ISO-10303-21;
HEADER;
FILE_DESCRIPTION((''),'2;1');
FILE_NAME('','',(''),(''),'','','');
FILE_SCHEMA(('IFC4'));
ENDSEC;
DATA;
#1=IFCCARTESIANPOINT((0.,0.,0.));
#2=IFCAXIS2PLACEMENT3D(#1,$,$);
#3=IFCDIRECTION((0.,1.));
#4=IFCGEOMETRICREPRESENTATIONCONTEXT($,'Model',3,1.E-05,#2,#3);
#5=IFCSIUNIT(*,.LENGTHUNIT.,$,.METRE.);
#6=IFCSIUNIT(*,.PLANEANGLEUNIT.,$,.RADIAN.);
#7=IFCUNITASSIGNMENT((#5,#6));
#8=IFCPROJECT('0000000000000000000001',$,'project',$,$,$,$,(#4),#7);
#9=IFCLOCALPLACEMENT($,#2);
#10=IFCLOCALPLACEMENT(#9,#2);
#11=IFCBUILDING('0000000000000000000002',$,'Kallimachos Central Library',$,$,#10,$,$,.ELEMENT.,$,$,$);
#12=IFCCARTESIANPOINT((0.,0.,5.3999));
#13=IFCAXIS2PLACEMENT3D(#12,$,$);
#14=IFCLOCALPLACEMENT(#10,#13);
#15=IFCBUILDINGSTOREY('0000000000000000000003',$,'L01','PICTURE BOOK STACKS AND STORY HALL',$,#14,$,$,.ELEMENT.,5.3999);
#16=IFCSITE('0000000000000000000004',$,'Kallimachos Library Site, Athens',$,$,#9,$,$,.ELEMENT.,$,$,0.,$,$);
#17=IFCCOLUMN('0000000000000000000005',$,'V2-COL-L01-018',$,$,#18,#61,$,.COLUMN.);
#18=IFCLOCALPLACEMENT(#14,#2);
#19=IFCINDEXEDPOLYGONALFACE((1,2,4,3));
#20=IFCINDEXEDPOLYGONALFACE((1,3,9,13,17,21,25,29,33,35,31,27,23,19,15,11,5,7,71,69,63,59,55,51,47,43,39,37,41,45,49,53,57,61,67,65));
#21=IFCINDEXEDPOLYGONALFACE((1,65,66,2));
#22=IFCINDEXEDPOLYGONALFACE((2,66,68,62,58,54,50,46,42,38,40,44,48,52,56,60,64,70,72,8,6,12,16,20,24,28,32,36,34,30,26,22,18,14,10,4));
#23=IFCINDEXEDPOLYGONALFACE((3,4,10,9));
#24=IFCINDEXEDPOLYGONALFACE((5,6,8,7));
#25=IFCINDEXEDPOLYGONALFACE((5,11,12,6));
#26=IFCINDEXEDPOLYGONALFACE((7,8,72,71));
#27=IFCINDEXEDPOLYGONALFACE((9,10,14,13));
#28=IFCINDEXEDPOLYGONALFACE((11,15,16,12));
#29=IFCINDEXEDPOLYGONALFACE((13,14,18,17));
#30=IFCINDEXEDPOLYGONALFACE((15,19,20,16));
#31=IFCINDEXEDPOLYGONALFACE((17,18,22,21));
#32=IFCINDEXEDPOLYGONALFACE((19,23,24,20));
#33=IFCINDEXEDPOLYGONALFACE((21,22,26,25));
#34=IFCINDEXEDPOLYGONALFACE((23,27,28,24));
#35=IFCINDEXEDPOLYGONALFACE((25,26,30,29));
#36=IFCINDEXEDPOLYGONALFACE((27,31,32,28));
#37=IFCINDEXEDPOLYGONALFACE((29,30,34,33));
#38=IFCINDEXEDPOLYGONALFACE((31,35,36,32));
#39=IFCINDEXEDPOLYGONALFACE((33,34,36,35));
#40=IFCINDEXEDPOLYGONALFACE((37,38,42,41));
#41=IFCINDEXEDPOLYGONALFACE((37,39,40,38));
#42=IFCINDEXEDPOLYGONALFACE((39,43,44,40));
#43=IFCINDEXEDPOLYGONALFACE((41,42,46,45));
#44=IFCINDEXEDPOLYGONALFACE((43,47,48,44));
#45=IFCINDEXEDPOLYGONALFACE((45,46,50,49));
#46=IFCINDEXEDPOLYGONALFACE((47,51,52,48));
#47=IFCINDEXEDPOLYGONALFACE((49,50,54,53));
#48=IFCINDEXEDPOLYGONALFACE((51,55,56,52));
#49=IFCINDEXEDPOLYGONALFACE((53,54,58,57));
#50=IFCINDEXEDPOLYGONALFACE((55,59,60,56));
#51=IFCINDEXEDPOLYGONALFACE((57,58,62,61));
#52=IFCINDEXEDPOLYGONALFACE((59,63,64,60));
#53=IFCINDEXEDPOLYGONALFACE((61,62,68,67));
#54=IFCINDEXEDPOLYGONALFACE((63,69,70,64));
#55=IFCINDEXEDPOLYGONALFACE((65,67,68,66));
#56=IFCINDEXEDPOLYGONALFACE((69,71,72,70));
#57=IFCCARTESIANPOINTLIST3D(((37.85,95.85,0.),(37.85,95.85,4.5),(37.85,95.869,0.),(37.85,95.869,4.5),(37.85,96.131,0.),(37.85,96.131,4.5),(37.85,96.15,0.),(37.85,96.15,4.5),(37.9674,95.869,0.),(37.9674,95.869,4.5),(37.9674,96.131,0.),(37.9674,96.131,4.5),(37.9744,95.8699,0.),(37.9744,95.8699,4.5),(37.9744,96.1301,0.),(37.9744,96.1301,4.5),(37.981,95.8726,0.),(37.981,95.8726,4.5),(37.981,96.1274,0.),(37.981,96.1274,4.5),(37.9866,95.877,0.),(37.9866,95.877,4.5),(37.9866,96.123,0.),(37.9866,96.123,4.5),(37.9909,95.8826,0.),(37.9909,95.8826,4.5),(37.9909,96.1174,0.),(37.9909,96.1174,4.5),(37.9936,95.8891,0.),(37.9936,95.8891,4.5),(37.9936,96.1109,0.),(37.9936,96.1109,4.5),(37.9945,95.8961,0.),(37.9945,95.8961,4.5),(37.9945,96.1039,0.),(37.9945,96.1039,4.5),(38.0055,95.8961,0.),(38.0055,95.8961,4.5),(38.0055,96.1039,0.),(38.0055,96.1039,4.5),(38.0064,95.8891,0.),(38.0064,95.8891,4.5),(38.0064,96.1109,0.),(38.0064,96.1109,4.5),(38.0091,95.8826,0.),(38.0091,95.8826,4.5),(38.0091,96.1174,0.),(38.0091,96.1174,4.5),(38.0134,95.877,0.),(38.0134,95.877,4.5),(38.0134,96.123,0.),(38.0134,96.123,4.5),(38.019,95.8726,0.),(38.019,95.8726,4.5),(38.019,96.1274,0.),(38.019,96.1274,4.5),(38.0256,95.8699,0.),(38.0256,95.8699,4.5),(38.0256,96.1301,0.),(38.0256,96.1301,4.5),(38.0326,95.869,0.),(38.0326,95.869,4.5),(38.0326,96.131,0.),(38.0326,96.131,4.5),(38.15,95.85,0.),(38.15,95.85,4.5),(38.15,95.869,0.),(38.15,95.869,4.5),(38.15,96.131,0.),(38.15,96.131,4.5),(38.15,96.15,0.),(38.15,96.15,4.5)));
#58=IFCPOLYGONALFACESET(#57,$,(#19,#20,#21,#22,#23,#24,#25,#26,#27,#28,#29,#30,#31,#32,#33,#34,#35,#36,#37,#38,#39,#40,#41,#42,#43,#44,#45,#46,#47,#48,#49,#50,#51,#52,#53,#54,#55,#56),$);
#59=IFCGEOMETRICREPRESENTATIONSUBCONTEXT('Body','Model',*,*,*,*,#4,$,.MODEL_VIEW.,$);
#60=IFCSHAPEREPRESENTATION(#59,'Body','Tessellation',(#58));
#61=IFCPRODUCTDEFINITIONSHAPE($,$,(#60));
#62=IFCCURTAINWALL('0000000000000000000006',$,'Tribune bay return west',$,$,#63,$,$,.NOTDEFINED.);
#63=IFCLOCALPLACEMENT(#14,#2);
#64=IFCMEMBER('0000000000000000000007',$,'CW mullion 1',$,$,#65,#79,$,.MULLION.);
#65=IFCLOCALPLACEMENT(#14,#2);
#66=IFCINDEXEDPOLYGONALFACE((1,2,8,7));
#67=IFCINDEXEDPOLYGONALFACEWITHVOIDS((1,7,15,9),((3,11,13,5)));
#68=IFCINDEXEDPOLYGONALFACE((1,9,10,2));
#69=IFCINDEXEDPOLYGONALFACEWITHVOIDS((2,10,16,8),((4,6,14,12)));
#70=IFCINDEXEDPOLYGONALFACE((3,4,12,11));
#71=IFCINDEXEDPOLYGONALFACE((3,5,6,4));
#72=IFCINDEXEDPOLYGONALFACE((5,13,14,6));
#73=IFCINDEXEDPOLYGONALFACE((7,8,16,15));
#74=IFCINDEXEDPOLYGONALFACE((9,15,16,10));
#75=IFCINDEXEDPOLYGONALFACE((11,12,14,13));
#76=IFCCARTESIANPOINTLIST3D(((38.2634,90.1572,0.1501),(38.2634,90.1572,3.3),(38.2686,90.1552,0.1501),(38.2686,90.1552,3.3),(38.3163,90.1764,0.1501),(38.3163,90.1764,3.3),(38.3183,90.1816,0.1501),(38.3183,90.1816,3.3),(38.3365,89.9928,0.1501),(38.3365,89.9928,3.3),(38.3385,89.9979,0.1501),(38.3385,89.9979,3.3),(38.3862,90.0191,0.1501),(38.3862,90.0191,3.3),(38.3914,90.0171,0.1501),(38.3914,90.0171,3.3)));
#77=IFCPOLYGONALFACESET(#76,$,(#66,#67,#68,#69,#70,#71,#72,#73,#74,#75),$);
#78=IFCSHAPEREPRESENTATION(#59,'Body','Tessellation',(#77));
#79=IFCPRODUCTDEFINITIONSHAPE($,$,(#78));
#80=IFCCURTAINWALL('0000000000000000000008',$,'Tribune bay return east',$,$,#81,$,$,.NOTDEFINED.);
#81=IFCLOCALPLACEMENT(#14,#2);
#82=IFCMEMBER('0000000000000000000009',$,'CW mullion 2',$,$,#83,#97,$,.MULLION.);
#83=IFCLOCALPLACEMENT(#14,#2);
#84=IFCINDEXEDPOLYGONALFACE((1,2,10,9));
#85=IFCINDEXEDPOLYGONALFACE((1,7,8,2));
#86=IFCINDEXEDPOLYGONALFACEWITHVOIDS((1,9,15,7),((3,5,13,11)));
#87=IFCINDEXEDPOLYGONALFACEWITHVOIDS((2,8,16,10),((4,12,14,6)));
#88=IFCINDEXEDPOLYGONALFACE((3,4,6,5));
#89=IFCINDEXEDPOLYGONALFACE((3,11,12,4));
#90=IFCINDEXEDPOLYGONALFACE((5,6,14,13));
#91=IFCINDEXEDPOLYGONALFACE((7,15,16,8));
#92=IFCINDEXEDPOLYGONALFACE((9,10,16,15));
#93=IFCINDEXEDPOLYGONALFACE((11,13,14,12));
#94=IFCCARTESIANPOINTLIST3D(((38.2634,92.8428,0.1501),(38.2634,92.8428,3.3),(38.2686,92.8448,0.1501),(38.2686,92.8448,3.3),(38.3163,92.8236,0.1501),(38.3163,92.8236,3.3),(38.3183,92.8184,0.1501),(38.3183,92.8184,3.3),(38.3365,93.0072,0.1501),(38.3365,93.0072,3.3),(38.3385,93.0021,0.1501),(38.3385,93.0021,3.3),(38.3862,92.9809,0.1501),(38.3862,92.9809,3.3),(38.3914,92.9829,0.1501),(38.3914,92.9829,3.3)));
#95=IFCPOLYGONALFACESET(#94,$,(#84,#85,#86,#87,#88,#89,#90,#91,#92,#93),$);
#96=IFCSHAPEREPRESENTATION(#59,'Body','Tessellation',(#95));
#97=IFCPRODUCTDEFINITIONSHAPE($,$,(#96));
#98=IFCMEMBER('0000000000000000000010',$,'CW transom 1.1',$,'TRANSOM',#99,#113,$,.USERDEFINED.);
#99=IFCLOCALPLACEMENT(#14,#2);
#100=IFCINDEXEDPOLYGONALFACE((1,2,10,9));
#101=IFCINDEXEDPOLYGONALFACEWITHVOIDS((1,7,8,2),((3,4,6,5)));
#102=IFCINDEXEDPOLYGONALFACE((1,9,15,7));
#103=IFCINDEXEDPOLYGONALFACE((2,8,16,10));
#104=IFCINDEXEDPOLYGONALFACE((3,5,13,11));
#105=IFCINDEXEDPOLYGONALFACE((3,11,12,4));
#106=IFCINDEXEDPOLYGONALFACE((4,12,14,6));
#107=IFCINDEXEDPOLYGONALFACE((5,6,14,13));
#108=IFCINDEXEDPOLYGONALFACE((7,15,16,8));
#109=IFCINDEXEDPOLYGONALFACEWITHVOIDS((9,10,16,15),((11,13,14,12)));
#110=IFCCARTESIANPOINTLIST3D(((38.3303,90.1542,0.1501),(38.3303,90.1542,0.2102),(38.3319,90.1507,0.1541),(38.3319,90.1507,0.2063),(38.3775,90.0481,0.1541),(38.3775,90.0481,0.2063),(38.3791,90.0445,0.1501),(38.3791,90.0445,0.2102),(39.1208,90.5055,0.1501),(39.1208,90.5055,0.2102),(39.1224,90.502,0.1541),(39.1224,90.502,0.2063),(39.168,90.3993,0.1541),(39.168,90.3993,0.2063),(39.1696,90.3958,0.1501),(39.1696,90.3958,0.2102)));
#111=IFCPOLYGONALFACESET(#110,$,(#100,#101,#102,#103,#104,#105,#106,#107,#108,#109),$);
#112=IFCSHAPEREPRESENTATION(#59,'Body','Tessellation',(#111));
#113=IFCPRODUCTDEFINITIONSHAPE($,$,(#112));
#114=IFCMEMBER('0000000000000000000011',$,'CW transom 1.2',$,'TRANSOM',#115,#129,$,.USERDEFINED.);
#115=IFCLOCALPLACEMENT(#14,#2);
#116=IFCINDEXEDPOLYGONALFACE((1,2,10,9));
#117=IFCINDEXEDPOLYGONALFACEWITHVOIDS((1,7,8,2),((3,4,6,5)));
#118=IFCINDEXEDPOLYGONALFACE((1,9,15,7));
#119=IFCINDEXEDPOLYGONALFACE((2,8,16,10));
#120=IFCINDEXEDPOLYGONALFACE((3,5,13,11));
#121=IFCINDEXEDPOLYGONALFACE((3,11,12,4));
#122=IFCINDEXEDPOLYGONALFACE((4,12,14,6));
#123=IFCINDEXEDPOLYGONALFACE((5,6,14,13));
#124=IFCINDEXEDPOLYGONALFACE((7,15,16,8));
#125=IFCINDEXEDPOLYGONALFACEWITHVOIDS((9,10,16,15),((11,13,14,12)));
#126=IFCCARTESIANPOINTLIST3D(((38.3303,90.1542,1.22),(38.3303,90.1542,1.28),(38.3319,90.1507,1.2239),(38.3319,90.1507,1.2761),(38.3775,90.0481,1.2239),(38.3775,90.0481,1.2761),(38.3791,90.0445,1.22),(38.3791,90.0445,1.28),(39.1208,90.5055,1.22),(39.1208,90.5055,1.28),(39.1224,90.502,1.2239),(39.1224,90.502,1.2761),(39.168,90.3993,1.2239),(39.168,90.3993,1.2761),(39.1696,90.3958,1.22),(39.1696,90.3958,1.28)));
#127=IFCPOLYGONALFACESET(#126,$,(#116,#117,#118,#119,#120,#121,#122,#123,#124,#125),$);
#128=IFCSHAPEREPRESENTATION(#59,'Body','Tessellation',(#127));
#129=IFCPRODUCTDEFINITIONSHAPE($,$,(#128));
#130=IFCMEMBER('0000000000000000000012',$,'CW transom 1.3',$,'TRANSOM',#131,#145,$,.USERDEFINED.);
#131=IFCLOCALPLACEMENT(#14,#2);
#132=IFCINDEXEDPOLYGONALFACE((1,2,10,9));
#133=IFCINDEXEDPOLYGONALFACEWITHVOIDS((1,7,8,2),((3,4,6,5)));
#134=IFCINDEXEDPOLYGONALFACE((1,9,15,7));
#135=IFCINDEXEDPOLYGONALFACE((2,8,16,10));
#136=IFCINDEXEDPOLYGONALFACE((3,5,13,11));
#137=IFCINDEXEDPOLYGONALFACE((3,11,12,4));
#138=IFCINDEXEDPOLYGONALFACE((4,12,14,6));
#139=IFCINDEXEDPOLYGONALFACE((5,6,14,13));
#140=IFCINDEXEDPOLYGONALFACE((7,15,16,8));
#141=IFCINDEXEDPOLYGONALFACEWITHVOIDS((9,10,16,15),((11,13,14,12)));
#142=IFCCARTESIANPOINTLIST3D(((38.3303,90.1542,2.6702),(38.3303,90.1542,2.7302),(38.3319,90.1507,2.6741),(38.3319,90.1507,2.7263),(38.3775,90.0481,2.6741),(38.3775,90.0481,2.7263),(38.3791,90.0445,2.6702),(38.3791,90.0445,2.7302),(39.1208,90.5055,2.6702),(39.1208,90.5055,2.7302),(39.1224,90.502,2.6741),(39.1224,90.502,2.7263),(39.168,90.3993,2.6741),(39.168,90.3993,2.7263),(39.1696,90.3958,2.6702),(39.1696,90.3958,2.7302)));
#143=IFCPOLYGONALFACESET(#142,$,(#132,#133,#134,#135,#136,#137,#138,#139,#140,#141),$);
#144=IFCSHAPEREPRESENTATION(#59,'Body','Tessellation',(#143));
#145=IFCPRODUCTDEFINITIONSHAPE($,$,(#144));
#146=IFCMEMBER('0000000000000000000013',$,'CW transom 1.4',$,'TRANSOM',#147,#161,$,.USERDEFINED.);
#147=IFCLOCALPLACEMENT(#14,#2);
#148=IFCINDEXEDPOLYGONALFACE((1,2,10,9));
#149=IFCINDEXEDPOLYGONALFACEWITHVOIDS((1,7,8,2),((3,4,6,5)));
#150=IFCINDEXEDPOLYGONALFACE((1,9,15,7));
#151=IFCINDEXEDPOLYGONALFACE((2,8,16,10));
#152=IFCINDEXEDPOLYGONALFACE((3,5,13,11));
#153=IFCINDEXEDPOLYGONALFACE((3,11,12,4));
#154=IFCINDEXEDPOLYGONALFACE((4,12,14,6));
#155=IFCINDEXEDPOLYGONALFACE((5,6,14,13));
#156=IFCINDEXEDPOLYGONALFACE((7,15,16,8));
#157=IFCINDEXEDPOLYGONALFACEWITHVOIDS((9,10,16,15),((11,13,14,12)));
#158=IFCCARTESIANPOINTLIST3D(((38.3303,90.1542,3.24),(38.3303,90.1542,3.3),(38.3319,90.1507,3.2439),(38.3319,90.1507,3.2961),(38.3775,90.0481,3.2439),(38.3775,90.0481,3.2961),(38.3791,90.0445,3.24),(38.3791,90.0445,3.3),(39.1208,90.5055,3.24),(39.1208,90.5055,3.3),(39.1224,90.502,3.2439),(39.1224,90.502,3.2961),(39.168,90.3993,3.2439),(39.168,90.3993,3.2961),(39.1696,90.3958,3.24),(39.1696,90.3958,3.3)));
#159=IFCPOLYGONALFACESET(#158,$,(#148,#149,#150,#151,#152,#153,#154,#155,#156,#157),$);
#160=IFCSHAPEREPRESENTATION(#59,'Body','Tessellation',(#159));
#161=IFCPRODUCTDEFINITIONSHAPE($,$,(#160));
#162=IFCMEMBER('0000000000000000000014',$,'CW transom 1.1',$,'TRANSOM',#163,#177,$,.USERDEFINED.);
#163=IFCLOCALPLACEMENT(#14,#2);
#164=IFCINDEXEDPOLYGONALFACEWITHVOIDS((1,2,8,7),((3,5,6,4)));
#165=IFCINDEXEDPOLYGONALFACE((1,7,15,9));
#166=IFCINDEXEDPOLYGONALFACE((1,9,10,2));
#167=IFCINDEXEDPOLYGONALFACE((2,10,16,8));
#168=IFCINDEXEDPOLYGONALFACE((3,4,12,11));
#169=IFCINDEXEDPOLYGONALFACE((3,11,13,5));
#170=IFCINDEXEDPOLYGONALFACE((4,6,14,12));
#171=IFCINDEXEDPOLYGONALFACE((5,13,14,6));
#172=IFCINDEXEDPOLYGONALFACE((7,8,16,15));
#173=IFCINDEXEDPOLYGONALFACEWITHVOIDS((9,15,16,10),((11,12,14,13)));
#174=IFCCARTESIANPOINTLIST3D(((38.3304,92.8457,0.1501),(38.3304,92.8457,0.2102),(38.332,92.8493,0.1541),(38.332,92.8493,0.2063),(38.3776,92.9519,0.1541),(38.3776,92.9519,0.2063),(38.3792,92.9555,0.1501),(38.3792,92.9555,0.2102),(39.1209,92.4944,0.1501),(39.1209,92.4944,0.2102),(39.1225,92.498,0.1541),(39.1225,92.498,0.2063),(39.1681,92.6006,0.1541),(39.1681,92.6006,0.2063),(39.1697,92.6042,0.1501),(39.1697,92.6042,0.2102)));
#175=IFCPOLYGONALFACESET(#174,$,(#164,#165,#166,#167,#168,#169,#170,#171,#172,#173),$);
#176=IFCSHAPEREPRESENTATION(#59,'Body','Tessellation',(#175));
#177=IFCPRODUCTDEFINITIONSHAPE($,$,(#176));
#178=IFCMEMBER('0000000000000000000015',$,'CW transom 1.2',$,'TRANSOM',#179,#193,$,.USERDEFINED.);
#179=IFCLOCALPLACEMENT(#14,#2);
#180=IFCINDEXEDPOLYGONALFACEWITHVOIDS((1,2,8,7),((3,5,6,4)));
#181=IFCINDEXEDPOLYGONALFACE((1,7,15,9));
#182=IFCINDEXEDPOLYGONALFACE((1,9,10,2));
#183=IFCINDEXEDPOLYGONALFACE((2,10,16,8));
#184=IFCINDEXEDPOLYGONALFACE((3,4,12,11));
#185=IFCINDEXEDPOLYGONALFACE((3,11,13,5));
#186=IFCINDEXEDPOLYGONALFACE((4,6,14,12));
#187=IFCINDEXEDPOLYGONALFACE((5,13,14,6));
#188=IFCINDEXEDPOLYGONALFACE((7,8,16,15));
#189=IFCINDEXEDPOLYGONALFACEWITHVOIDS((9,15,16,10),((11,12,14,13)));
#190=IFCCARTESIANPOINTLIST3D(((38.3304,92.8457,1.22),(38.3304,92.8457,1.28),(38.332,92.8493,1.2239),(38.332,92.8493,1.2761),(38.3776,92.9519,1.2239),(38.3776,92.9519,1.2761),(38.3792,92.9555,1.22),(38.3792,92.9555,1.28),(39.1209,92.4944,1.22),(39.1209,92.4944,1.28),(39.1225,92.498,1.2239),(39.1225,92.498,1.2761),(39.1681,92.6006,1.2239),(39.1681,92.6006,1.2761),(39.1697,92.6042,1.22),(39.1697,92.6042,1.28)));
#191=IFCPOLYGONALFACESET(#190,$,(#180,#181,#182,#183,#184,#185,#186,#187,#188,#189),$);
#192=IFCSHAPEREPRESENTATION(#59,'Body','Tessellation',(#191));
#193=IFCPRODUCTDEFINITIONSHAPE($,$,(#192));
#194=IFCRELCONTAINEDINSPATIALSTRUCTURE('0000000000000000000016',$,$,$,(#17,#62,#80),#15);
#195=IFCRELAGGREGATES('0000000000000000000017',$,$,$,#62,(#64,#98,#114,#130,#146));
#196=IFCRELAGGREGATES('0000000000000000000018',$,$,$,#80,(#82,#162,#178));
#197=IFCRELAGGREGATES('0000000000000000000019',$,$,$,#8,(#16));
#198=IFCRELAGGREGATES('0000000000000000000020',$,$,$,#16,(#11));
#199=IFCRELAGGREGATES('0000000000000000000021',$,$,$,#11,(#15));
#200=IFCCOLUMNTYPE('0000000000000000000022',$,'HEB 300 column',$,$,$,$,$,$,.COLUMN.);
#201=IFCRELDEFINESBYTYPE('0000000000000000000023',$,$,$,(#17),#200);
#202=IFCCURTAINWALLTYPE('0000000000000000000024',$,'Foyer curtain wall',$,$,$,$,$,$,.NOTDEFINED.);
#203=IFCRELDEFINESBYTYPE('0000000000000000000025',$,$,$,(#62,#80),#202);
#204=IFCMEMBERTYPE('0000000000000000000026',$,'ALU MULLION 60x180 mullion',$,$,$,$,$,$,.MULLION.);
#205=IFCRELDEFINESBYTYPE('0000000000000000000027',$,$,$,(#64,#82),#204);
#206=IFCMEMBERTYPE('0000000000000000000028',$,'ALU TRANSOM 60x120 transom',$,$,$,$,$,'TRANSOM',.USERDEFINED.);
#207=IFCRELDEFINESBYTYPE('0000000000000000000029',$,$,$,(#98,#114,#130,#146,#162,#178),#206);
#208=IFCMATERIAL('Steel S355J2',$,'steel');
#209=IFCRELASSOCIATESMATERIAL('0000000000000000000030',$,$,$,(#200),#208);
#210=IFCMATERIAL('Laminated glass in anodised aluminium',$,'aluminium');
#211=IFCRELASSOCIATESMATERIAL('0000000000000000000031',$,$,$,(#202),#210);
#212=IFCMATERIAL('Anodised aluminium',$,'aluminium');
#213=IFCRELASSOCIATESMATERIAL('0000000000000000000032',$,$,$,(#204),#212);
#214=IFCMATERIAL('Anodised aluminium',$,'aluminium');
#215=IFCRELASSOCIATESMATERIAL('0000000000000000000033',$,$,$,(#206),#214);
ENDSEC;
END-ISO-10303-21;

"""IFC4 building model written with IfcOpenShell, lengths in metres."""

from ifc_helpers import new_model, si_unit, direction, frame, origin, origin_2d, place, context, subcontext, project, spatial, hollow_rectangle, i_section, extrude, material, material_profile, profile_set, type_object, element, aggregate, save


model = new_model("IFC4")

# Units and contexts
model_context = context("Model", 3, precision=1e-05, world=origin(), true_north=direction((0.0, 1.0)))
body_context = subcontext(model_context, "Body", "Model", "MODEL_VIEW")
ifc_project = project(units=[si_unit("LENGTHUNIT", "METRE"), si_unit("PLANEANGLEUNIT", "RADIAN")], contexts=[model_context])

# Site, building, storey
site_placement = place(None, origin())
site = spatial("IfcSite", under=ifc_project, at=site_placement, Name="Kallimachos Library Site, Athens", CompositionType="ELEMENT", RefElevation=0.0)
building_placement = place(site_placement, origin())
building = spatial("IfcBuilding", under=site, at=building_placement, Name="Kallimachos Central Library", CompositionType="ELEMENT")
storey_placement = place(building_placement, frame((0.0, 0.0, 5.3999)))
storey = spatial("IfcBuildingStorey", under=building, at=storey_placement, Name="L01", Description="PICTURE BOOK STACKS AND STORY HALL", CompositionType="ELEMENT", Elevation=5.3999)

# Column
ifc_material_1 = material(Name="Steel S355J2", Category="steel")
ifc_material_profile_1 = material_profile(ifc_material_1, i_section(OverallWidth=0.3, OverallDepth=0.3, WebThickness=0.011, FlangeThickness=0.019, FilletRadius=0.0271, at=origin_2d()), Name="HEB 300")
ifc_profile_set_1 = profile_set([ifc_material_profile_1], Name="Steel S355J2")
column_type = type_object("IfcColumnType", Name="HEB 300 column", PredefinedType="COLUMN", material=ifc_profile_set_1)
column_placement = place(storey_placement, frame((38.0, 96.0, 0.0), z_axis=(0.0, 0.0, 1.0), x_axis=(1.0, 0.0, 0.0)))
element("IfcColumn", 1, at=column_placement, inside=storey, type_object=column_type, Name="V2-COL-L01-018", PredefinedType="COLUMN", context=body_context, shape_type="SweptSolid", body=[
    extrude(i_section(OverallWidth=0.3, OverallDepth=0.3, WebThickness=0.011, FlangeThickness=0.019, FilletRadius=0.0271, at=origin_2d()), origin(), (0.0, 0.0, 1.0), 4.5),
])

# Curtain walls, members
ifc_material_2 = material(Name="Laminated glass in anodised aluminium", Category="aluminium")
curtain_wall_type = type_object("IfcCurtainWallType", Name="Foyer curtain wall", PredefinedType="NOTDEFINED", material=ifc_material_2)
curtain_wall_1_placement = place(storey_placement, origin())
curtain_wall_1 = element("IfcCurtainWall", 2, at=curtain_wall_1_placement, inside=storey, type_object=curtain_wall_type, Name="Tribune bay return west", PredefinedType="NOTDEFINED")
ifc_material_3 = material(Name="Anodised aluminium", Category="aluminium")
ifc_material_profile_2 = material_profile(ifc_material_3, hollow_rectangle(XDim=0.0601, YDim=0.1799, WallThickness=0.0039, at=origin_2d()), Name="ALU MULLION 60x180")
ifc_profile_set_2 = profile_set([ifc_material_profile_2], Name="Anodised aluminium")
member_type_1 = type_object("IfcMemberType", Name="ALU MULLION 60x180 mullion", PredefinedType="MULLION", material=ifc_profile_set_2)
member_1_placement = place(storey_placement, frame((38.3274, 90.0872, 0.1501), z_axis=(0.0, 0.0, 1.0), x_axis=(0.913812, 0.406138, 0.0)))
member_1 = element("IfcMember", 3, at=member_1_placement, type_object=member_type_1, Name="CW mullion 1", PredefinedType="MULLION", context=body_context, shape_type="SweptSolid", body=[
    extrude(hollow_rectangle(XDim=0.0601, YDim=0.1799, WallThickness=0.0039, at=origin_2d()), origin(), (0.0, 0.0, 1.0), 3.1499),
])
curtain_wall_2_placement = place(storey_placement, origin())
curtain_wall_2 = element("IfcCurtainWall", 4, at=curtain_wall_2_placement, inside=storey, type_object=curtain_wall_type, Name="Tribune bay return east", PredefinedType="NOTDEFINED")
member_2_placement = place(storey_placement, frame((38.3274, 92.9128, 0.1501), z_axis=(0.0, 0.0, 1.0), x_axis=(-0.913812, 0.406138, 0.0)))
member_2 = element("IfcMember", 5, at=member_2_placement, type_object=member_type_1, Name="CW mullion 2", PredefinedType="MULLION", context=body_context, shape_type="SweptSolid", body=[
    extrude(hollow_rectangle(XDim=0.0601, YDim=0.1799, WallThickness=0.0039, at=origin_2d()), origin(), (0.0, 0.0, 1.0), 3.1499),
])

# Members
ifc_material_4 = material(Name="Anodised aluminium", Category="aluminium")
ifc_material_profile_3 = material_profile(ifc_material_4, hollow_rectangle(XDim=0.0601, YDim=0.1201, WallThickness=0.0039, at=origin_2d()), Name="ALU TRANSOM 60x120")
ifc_profile_set_3 = profile_set([ifc_material_profile_3], Name="Anodised aluminium")
member_type_2 = type_object("IfcMemberType", Name="ALU TRANSOM 60x120 transom", ElementType="TRANSOM", PredefinedType="USERDEFINED", material=ifc_profile_set_3)
member_3_placement = place(storey_placement, frame((38.3547, 90.0994, 0.1802), z_axis=(0.913823, 0.406112, 0.0), x_axis=(0.0, 0.0, 1.0)))
member_3 = element("IfcMember", 6, at=member_3_placement, type_object=member_type_2, Name="CW transom 1.1", ObjectType="TRANSOM", PredefinedType="USERDEFINED", context=body_context, shape_type="SweptSolid", body=[
    extrude(hollow_rectangle(XDim=0.0601, YDim=0.1201, WallThickness=0.0039, at=origin_2d()), origin(), (0.0, 0.0, 1.0), 0.865),
])
member_4_placement = place(storey_placement, frame((38.3547, 90.0994, 1.25), z_axis=(0.913823, 0.406112, 0.0), x_axis=(0.0, 0.0, 1.0)))
member_4 = element("IfcMember", 7, at=member_4_placement, type_object=member_type_2, Name="CW transom 1.2", ObjectType="TRANSOM", PredefinedType="USERDEFINED", context=body_context, shape_type="SweptSolid", body=[
    extrude(hollow_rectangle(XDim=0.0601, YDim=0.1201, WallThickness=0.0039, at=origin_2d()), origin(), (0.0, 0.0, 1.0), 0.865),
])
member_5_placement = place(storey_placement, frame((38.3547, 90.0994, 2.7002), z_axis=(0.913823, 0.406112, 0.0), x_axis=(0.0, 0.0, 1.0)))
member_5 = element("IfcMember", 8, at=member_5_placement, type_object=member_type_2, Name="CW transom 1.3", ObjectType="TRANSOM", PredefinedType="USERDEFINED", context=body_context, shape_type="SweptSolid", body=[
    extrude(hollow_rectangle(XDim=0.0601, YDim=0.1201, WallThickness=0.0039, at=origin_2d()), origin(), (0.0, 0.0, 1.0), 0.865),
])
member_6_placement = place(storey_placement, frame((38.3547, 90.0994, 3.27), z_axis=(0.913823, 0.406112, 0.0), x_axis=(0.0, 0.0, 1.0)))
member_6 = element("IfcMember", 9, at=member_6_placement, type_object=member_type_2, Name="CW transom 1.4", ObjectType="TRANSOM", PredefinedType="USERDEFINED", context=body_context, shape_type="SweptSolid", body=[
    extrude(hollow_rectangle(XDim=0.0601, YDim=0.1201, WallThickness=0.0039, at=origin_2d()), origin(), (0.0, 0.0, 1.0), 0.865),
])
member_7_placement = place(storey_placement, frame((39.1453, 92.5493, 0.1802), z_axis=(-0.913823, 0.406112, 0.0), x_axis=(0.0, 0.0, 1.0)))
member_7 = element("IfcMember", 10, at=member_7_placement, type_object=member_type_2, Name="CW transom 1.1", ObjectType="TRANSOM", PredefinedType="USERDEFINED", context=body_context, shape_type="SweptSolid", body=[
    extrude(hollow_rectangle(XDim=0.0601, YDim=0.1201, WallThickness=0.0039, at=origin_2d()), origin(), (0.0, 0.0, 1.0), 0.865),
])
member_8_placement = place(storey_placement, frame((39.1453, 92.5493, 1.25), z_axis=(-0.913823, 0.406112, 0.0), x_axis=(0.0, 0.0, 1.0)))
member_8 = element("IfcMember", 11, at=member_8_placement, type_object=member_type_2, Name="CW transom 1.2", ObjectType="TRANSOM", PredefinedType="USERDEFINED", context=body_context, shape_type="SweptSolid", body=[
    extrude(hollow_rectangle(XDim=0.0601, YDim=0.1201, WallThickness=0.0039, at=origin_2d()), origin(), (0.0, 0.0, 1.0), 0.865),
])

aggregate(curtain_wall_1, [member_1, member_3, member_4, member_5, member_6])
aggregate(curtain_wall_2, [member_2, member_7, member_8])

save(model, "model.ifc")
